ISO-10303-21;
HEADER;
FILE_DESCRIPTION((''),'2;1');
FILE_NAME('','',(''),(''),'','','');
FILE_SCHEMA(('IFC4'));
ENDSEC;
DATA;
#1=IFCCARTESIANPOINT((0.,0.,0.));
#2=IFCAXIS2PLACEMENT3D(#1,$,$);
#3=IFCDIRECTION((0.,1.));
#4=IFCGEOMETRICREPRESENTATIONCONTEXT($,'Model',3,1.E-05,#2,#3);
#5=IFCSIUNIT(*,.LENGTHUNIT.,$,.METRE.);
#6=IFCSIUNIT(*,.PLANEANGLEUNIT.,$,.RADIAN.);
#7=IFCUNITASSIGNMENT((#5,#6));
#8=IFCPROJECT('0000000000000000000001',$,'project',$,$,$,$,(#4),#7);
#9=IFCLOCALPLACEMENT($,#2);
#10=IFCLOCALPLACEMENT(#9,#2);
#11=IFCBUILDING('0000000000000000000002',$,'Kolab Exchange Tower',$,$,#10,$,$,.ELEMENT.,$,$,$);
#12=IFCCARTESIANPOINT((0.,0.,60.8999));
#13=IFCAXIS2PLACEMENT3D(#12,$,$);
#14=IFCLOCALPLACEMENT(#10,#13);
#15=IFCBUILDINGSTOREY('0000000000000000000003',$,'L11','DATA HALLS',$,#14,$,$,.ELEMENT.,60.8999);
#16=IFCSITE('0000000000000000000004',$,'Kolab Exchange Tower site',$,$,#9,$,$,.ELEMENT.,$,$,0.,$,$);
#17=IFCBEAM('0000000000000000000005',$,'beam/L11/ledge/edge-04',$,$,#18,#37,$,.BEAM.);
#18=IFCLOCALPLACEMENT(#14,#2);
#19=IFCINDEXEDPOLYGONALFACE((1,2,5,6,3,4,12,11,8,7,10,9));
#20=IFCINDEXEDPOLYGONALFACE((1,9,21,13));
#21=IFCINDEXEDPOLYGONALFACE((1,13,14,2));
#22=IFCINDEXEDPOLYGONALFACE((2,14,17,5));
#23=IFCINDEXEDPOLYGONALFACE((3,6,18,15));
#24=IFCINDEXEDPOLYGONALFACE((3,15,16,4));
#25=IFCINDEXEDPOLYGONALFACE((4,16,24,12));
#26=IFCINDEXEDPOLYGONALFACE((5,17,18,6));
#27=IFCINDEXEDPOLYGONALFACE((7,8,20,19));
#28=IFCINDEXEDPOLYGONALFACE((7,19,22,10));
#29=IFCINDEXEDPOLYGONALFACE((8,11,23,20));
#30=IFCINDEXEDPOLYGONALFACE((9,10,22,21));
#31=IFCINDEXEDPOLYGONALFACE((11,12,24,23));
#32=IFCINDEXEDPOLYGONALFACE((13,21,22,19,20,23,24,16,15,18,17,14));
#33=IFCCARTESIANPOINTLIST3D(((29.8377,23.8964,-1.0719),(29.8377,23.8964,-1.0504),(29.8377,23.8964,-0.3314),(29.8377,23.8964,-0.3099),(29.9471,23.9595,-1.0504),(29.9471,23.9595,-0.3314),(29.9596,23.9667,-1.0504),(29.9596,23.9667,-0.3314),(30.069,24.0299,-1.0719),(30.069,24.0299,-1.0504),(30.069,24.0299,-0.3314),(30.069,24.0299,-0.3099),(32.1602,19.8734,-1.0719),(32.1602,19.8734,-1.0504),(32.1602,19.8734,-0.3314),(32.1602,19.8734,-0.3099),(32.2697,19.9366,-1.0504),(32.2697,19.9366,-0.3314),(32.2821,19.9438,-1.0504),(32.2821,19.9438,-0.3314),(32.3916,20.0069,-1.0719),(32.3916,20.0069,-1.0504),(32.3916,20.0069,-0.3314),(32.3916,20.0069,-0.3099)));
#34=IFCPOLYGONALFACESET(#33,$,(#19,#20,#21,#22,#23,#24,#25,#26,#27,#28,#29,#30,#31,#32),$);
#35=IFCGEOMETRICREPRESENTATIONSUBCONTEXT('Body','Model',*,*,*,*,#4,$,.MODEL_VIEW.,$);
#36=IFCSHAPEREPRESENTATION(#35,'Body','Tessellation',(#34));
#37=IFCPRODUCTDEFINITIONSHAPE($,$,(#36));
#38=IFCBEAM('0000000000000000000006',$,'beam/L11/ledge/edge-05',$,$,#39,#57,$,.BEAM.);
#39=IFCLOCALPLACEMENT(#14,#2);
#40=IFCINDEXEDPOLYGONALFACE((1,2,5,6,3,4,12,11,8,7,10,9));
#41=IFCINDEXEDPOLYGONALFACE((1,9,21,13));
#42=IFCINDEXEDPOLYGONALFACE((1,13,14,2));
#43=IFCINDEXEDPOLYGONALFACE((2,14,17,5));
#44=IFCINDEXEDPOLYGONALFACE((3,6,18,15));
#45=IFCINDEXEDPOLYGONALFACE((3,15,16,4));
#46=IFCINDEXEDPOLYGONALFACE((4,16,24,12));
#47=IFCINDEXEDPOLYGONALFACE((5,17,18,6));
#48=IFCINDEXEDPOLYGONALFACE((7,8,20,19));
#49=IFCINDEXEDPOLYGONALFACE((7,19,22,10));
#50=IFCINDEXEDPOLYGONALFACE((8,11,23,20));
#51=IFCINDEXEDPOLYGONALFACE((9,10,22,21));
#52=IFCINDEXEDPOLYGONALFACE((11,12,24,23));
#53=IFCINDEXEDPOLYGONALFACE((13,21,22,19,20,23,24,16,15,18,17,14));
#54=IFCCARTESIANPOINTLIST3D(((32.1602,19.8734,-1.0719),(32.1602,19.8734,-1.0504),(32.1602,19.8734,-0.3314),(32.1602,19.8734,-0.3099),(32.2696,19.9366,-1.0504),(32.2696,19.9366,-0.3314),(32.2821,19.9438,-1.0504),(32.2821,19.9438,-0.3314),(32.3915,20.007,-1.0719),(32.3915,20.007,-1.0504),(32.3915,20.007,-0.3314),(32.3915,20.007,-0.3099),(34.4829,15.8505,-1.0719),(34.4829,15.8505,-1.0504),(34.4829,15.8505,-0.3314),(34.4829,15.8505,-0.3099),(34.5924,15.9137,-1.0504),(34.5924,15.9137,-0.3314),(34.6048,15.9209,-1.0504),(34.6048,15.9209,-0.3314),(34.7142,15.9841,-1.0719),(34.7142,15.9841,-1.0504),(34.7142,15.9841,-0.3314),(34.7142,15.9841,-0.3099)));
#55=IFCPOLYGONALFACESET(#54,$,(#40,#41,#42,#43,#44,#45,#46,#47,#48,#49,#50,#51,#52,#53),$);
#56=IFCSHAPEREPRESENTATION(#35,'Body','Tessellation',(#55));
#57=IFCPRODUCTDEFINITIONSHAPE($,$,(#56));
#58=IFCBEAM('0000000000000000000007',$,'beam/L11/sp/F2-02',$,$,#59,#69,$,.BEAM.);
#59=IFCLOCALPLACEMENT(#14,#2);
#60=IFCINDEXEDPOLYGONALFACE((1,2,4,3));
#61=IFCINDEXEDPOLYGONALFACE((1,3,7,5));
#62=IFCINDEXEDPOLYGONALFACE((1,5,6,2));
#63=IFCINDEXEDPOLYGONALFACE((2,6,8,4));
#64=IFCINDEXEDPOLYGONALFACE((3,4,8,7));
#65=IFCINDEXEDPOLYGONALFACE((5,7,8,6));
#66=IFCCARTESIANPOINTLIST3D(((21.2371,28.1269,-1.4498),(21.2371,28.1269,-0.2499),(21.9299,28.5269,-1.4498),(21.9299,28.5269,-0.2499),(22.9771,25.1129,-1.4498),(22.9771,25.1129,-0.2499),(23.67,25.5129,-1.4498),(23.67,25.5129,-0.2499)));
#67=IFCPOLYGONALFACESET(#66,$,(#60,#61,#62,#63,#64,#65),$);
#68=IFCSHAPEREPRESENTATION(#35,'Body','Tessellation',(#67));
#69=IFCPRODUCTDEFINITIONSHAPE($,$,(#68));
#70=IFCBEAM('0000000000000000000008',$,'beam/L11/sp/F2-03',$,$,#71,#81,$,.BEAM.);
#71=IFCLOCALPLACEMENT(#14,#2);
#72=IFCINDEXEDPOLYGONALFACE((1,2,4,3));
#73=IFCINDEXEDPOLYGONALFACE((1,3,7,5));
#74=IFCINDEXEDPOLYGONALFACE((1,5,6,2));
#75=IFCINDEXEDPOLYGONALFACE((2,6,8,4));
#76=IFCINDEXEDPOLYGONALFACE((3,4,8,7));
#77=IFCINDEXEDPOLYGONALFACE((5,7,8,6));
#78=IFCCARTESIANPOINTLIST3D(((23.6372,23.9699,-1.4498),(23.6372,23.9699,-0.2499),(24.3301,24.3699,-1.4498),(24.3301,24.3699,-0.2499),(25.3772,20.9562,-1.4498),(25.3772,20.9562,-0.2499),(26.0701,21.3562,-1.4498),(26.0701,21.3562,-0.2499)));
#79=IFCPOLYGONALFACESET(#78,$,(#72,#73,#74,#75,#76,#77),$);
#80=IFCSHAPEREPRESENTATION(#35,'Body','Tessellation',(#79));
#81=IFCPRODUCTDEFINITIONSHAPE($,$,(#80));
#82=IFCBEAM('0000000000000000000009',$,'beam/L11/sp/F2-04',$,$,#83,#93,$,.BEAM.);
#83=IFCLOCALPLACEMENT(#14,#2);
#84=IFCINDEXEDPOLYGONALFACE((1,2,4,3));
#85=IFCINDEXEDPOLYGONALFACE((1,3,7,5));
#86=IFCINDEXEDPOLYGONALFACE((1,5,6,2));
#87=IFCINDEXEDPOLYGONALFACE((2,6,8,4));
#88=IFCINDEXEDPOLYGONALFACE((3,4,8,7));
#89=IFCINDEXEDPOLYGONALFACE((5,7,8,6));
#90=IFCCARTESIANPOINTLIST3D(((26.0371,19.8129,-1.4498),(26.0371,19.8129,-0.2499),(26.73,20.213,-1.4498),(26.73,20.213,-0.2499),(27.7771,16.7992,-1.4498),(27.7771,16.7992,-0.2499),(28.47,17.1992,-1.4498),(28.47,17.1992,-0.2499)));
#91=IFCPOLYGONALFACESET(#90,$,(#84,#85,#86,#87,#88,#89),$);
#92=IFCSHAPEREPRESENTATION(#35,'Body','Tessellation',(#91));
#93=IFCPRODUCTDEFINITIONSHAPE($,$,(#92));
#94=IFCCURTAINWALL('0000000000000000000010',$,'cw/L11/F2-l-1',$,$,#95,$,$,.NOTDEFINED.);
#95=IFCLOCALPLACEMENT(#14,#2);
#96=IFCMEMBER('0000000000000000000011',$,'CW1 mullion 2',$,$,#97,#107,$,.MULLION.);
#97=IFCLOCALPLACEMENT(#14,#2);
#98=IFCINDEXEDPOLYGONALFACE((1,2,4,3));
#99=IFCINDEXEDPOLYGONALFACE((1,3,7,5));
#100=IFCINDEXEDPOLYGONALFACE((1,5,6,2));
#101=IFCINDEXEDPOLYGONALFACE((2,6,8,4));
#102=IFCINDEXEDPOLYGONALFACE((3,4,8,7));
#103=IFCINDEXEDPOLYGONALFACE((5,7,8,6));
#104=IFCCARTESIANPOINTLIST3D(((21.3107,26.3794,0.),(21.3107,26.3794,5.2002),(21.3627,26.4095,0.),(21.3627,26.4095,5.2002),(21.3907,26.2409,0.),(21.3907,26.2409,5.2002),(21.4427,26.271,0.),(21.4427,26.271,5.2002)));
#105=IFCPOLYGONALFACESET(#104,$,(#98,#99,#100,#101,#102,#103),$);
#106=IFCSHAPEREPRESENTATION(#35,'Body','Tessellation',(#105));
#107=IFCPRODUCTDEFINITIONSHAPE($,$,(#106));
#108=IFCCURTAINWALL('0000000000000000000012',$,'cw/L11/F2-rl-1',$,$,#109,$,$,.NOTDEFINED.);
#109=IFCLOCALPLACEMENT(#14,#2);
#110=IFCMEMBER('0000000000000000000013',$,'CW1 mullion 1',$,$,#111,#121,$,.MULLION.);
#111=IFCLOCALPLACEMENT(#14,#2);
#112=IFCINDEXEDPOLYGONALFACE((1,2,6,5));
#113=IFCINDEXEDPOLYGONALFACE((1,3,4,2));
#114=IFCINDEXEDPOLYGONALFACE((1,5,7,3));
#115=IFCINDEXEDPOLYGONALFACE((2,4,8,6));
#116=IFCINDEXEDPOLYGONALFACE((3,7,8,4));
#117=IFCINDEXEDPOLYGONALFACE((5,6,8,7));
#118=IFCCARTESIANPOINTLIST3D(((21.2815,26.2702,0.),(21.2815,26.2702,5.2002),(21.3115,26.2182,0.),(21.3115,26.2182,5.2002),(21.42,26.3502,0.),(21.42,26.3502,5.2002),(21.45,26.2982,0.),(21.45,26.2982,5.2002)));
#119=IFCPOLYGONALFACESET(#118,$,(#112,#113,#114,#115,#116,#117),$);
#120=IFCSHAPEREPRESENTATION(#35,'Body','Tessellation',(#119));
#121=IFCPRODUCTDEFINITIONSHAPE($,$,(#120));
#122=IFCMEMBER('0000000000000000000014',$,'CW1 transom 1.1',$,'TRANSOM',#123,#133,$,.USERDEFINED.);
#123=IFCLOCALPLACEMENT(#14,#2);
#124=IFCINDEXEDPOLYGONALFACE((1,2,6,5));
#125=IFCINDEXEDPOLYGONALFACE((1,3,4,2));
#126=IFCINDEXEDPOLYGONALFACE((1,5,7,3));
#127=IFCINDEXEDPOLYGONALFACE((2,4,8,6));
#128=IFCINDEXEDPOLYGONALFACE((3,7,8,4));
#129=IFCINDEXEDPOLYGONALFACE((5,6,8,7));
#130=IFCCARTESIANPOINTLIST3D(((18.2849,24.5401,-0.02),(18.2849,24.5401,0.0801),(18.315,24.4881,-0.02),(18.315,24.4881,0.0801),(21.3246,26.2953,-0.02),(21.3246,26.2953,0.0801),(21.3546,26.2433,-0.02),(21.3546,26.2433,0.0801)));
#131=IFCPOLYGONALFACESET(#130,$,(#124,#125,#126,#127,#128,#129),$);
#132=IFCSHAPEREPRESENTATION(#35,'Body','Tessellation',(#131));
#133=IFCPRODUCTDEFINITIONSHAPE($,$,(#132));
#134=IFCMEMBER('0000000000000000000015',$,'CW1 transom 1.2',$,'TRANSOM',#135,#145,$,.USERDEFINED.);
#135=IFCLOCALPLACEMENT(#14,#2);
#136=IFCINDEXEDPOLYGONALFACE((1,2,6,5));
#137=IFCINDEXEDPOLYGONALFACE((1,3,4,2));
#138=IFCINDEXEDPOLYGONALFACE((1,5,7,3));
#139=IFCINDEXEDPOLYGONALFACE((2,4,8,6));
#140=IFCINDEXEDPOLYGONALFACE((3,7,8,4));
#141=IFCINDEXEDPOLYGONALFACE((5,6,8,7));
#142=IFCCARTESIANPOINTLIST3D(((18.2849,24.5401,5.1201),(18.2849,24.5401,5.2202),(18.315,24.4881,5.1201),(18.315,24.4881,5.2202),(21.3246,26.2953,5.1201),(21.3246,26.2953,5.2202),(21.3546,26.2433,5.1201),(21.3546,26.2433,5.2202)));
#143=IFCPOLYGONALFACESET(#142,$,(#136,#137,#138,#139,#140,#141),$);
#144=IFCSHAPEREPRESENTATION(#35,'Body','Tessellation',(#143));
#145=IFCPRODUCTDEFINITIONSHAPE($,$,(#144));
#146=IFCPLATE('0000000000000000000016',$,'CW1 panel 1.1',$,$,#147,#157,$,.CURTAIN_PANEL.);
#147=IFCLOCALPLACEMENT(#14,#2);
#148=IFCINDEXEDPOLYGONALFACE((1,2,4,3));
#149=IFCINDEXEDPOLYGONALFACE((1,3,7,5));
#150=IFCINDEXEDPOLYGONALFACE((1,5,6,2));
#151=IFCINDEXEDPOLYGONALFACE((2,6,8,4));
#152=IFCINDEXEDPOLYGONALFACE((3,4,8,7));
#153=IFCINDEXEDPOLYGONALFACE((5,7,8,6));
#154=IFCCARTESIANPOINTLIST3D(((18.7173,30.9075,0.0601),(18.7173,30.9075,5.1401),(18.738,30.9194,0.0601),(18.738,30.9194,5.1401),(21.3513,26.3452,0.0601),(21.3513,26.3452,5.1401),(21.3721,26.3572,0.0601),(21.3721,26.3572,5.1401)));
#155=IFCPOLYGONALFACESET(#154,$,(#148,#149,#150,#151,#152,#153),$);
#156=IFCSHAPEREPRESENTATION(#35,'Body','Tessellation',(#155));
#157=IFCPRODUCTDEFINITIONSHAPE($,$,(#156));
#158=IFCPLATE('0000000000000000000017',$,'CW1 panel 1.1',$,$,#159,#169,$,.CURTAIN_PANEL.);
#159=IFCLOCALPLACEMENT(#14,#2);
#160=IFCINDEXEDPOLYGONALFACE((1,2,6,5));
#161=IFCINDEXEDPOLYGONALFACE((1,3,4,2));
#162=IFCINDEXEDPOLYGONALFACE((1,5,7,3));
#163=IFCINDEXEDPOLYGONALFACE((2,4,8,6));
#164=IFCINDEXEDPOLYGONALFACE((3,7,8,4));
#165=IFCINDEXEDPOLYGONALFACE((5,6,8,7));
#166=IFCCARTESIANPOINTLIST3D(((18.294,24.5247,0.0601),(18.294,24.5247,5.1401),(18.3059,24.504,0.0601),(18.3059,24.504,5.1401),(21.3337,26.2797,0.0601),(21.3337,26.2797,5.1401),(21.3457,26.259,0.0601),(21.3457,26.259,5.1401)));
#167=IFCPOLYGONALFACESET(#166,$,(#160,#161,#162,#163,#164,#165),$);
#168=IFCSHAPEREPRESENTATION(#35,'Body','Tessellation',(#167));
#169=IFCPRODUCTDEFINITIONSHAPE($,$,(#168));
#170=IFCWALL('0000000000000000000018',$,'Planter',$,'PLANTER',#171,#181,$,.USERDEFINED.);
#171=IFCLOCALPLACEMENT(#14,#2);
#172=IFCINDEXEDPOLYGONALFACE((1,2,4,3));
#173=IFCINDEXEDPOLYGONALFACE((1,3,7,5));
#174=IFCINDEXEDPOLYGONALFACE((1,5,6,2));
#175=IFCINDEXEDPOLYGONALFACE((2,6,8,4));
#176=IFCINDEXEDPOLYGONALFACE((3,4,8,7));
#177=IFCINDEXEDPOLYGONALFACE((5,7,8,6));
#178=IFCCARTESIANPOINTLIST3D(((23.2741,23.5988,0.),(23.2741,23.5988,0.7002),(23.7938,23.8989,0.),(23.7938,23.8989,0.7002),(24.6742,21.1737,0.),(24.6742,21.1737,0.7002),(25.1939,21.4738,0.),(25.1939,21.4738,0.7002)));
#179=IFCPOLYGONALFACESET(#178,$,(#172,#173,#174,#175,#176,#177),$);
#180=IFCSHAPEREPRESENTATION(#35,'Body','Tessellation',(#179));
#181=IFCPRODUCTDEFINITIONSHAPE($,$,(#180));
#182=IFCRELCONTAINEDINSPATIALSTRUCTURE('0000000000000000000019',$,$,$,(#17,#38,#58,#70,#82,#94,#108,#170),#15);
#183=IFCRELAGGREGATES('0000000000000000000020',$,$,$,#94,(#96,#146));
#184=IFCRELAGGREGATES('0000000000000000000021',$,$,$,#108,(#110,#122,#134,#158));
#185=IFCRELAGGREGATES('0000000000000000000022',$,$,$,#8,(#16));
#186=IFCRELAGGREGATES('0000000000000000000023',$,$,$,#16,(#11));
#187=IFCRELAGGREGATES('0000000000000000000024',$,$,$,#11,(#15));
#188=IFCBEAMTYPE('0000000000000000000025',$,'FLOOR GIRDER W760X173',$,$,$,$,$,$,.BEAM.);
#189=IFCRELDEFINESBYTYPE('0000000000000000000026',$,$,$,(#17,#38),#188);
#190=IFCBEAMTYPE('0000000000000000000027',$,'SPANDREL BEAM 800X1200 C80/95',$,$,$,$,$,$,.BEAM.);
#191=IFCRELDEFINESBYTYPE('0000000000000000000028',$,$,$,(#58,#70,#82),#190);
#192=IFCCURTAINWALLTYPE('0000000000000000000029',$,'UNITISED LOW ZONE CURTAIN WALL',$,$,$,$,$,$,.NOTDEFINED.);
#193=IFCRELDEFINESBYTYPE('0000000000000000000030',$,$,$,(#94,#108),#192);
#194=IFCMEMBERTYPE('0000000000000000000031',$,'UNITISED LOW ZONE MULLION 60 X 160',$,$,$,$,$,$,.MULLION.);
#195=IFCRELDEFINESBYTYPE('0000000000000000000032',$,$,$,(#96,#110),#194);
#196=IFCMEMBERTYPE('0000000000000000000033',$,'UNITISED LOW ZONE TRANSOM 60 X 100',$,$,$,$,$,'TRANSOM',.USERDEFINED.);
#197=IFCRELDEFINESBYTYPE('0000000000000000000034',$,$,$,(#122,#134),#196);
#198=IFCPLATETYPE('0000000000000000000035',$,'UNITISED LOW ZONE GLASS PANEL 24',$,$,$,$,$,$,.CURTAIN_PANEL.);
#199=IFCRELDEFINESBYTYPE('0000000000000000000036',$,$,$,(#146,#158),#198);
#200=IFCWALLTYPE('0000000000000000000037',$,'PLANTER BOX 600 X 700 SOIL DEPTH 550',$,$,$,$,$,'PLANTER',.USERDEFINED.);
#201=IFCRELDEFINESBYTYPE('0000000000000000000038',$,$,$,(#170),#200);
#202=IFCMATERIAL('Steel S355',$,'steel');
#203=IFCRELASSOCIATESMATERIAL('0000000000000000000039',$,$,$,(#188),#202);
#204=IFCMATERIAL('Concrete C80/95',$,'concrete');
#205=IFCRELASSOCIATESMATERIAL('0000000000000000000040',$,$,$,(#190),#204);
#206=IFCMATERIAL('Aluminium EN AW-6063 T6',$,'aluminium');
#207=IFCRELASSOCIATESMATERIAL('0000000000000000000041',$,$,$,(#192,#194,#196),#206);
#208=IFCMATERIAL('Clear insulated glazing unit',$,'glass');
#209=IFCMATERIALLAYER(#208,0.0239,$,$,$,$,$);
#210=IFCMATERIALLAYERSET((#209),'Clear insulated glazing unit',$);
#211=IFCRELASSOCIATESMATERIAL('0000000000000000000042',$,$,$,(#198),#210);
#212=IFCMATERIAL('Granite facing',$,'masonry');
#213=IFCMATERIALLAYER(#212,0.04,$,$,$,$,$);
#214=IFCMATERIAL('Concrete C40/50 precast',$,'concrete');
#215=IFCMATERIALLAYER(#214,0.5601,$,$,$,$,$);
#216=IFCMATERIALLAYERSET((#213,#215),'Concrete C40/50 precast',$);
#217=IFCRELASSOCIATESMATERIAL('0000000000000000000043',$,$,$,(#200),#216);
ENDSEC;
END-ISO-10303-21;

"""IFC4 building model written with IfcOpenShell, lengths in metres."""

from ifc_helpers import new_model, si_unit, direction, frame, frame_2d, origin, origin_2d, place, context, subcontext, project, spatial, rectangle, i_section, extrude, material, layer, layer_set, material_profile, profile_set, type_object, element, aggregate, save


model = new_model("IFC4")

# Units and contexts
model_context = context("Model", 3, precision=1e-05, world=origin(), true_north=direction((0.0, 1.0)))
body_context = subcontext(model_context, "Body", "Model", "MODEL_VIEW")
ifc_project = project(units=[si_unit("LENGTHUNIT", "METRE"), si_unit("PLANEANGLEUNIT", "RADIAN")], contexts=[model_context])

# Site, building, storey
site_placement = place(None, origin())
site = spatial("IfcSite", under=ifc_project, at=site_placement, Name="Kolab Exchange Tower site", CompositionType="ELEMENT", RefElevation=0.0)
building_placement = place(site_placement, origin())
building = spatial("IfcBuilding", under=site, at=building_placement, Name="Kolab Exchange Tower", CompositionType="ELEMENT")
storey_placement = place(building_placement, frame((0.0, 0.0, 60.8999)))
storey = spatial("IfcBuildingStorey", under=building, at=storey_placement, Name="L11", Description="DATA HALLS", CompositionType="ELEMENT", Elevation=60.8999)

# Shared definitions
ifc_material_1 = material(Name="Concrete C80/95", Category="concrete")

# Beams
ifc_material_2 = material(Name="Steel S355", Category="steel")
ifc_material_profile_1 = material_profile(ifc_material_2, i_section(OverallWidth=0.2671, OverallDepth=0.762, WebThickness=0.0144, FlangeThickness=0.0215, at=origin_2d()), Name="W760X173")
ifc_profile_set_1 = profile_set([ifc_material_profile_1], Name="Steel S355")
beam_type_1 = type_object("IfcBeamType", Name="FLOOR GIRDER W760X173", PredefinedType="BEAM", material=ifc_profile_set_1)
for number, where, z_axis, x_axis, name in (
    (1, (29.9534, 23.9631, -0.6909), (0.499977, -0.866039, 0.0), (0.866039, 0.499977, 0.0), "beam/L11/ledge/edge-04"),
    (2, (32.2759, 19.9402, -0.6909), (0.500017, -0.866016, 0.0), (0.866016, 0.500017, 0.0), "beam/L11/ledge/edge-05"),
):
    element("IfcBeam", number, at=place(storey_placement, frame(where, z_axis=z_axis, x_axis=x_axis)), inside=storey, type_object=beam_type_1, Name=name, PredefinedType="BEAM", context=body_context, shape_type="SweptSolid", body=[
        extrude(i_section(OverallWidth=0.2671, OverallDepth=0.762, WebThickness=0.0144, FlangeThickness=0.0215, at=origin_2d()), origin(), (0.0, 0.0, 1.0), 4.6453),
    ])
ifc_material_profile_2 = material_profile(ifc_material_1, rectangle(XDim=0.8, YDim=1.2, at=origin_2d()), Name="RC800X1200")
ifc_profile_set_2 = profile_set([ifc_material_profile_2], Name="Concrete C80/95")
beam_type_2 = type_object("IfcBeamType", Name="SPANDREL BEAM 800X1200 C80/95", PredefinedType="BEAM", material=ifc_profile_set_2)
beam_1_placement = place(storey_placement, frame((21.5835, 28.3269, -0.8499), z_axis=(0.49998, -0.866037, 0.0), x_axis=(0.866037, 0.49998, 0.0)))
element("IfcBeam", 3, at=beam_1_placement, inside=storey, type_object=beam_type_2, Name="beam/L11/sp/F2-02", PredefinedType="BEAM", context=body_context, shape_type="SweptSolid", body=[
    extrude(rectangle(XDim=0.8, YDim=1.2, at=origin_2d()), origin(), (0.0, 0.0, 1.0), 3.4802),
])
for number, where, z_axis, x_axis, name in (
    (4, (23.9836, 24.1699, -0.8499), (0.50001, -0.86602, 0.0), (0.86602, 0.50001, 0.0), "beam/L11/sp/F2-03"),
    (5, (26.3835, 20.0129, -0.8499), (0.50001, -0.86602, 0.0), (0.86602, 0.50001, 0.0), "beam/L11/sp/F2-04"),
):
    element("IfcBeam", number, at=place(storey_placement, frame(where, z_axis=z_axis, x_axis=x_axis)), inside=storey, type_object=beam_type_2, Name=name, PredefinedType="BEAM", context=body_context, shape_type="SweptSolid", body=[
        extrude(rectangle(XDim=0.8, YDim=1.2, at=origin_2d()), origin(), (0.0, 0.0, 1.0), 3.48),
    ])

# Curtain wall, member
ifc_material_3 = material(Name="Aluminium EN AW-6063 T6", Category="aluminium")
curtain_wall_type = type_object("IfcCurtainWallType", Name="UNITISED LOW ZONE CURTAIN WALL", PredefinedType="NOTDEFINED", material=ifc_material_3)
curtain_wall_1_placement = place(storey_placement, origin())
curtain_wall_1 = element("IfcCurtainWall", 6, at=curtain_wall_1_placement, inside=storey, type_object=curtain_wall_type, Name="cw/L11/F2-l-1", PredefinedType="NOTDEFINED")
ifc_material_profile_3 = material_profile(ifc_material_3, rectangle(XDim=0.0601, YDim=0.1599, at=origin_2d()), Name="RECT 60X160")
ifc_profile_set_3 = profile_set([ifc_material_profile_3], Name="Aluminium EN AW-6063 T6")
member_type_1 = type_object("IfcMemberType", Name="UNITISED LOW ZONE MULLION 60 X 160", PredefinedType="MULLION", material=ifc_profile_set_3)
member_1_placement = place(storey_placement, frame((21.3767, 26.3252, 0.0), z_axis=(0.0, 0.0, 1.0), x_axis=(0.866025, 0.5, 0.0)))
member_1 = element("IfcMember", 7, at=member_1_placement, type_object=member_type_1, Name="CW1 mullion 2", PredefinedType="MULLION", context=body_context, shape_type="SweptSolid", body=[
    extrude(rectangle(XDim=0.0601, YDim=0.1599, at=origin_2d()), origin(), (0.0, 0.0, 1.0), 5.2002),
])

# Curtain wall, members
curtain_wall_2_placement = place(storey_placement, origin())
curtain_wall_2 = element("IfcCurtainWall", 8, at=curtain_wall_2_placement, inside=storey, type_object=curtain_wall_type, Name="cw/L11/F2-rl-1", PredefinedType="NOTDEFINED")
member_2_placement = place(storey_placement, frame((21.3657, 26.2842, 0.0), z_axis=(0.0, 0.0, 1.0), x_axis=(0.5, -0.866025, 0.0)))
member_2 = element("IfcMember", 9, at=member_2_placement, type_object=member_type_1, Name="CW1 mullion 1", PredefinedType="MULLION", context=body_context, shape_type="SweptSolid", body=[
    extrude(rectangle(XDim=0.0601, YDim=0.1599, at=origin_2d()), origin(), (0.0, 0.0, 1.0), 5.2002),
])
ifc_material_profile_4 = material_profile(ifc_material_3, rectangle(XDim=0.0601, YDim=0.1001, at=origin_2d()), Name="RECT 60X100")
ifc_profile_set_4 = profile_set([ifc_material_profile_4], Name="Aluminium EN AW-6063 T6")
member_type_2 = type_object("IfcMemberType", Name="UNITISED LOW ZONE TRANSOM 60 X 100", ElementType="TRANSOM", PredefinedType="USERDEFINED", material=ifc_profile_set_4)
member_3_placement = place(storey_placement, frame((21.3396, 26.2693, 0.03), z_axis=(-0.865996, -0.500052, 0.0), x_axis=(0.500052, -0.865996, 0.0)))
member_3 = element("IfcMember", 10, at=member_3_placement, type_object=member_type_2, Name="CW1 transom 1.1", ObjectType="TRANSOM", PredefinedType="USERDEFINED", context=body_context, shape_type="SweptSolid", body=[
    extrude(rectangle(XDim=0.0601, YDim=0.1001, at=origin_2d()), origin(), (0.0, 0.0, 1.0), 3.51),
])
member_4_placement = place(storey_placement, frame((21.3396, 26.2693, 5.1702), z_axis=(-0.865996, -0.500052, 0.0), x_axis=(0.500052, -0.865996, 0.0)))
member_4 = element("IfcMember", 11, at=member_4_placement, type_object=member_type_2, Name="CW1 transom 1.2", ObjectType="TRANSOM", PredefinedType="USERDEFINED", context=body_context, shape_type="SweptSolid", body=[
    extrude(rectangle(XDim=0.0601, YDim=0.1001, at=origin_2d()), origin(), (0.0, 0.0, 1.0), 3.51),
])

# Plates
ifc_material_4 = material(Name="Clear insulated glazing unit", Category="glass")
ifc_layer_1 = layer(ifc_material_4, 0.0239)
ifc_layer_set_1 = layer_set([ifc_layer_1], Name="Clear insulated glazing unit")
plate_type = type_object("IfcPlateType", Name="UNITISED LOW ZONE GLASS PANEL 24", PredefinedType="CURTAIN_PANEL", material=ifc_layer_set_1)
plate_1_placement = place(storey_placement, frame((20.0447, 28.6323, 0.0601), z_axis=(0.0, 0.0, 1.0), x_axis=(0.5, -0.866025, 0.0)))
plate_1 = element("IfcPlate", 12, at=plate_1_placement, type_object=plate_type, Name="CW1 panel 1.1", PredefinedType="CURTAIN_PANEL", context=body_context, shape_type="SweptSolid", body=[
    extrude(rectangle(XDim=5.2681, YDim=0.0239, at=origin_2d()), origin(), (0.0, 0.0, 1.0), 5.0801),
])
aggregate(curtain_wall_1, [member_1, plate_1])
plate_2_placement = place(storey_placement, frame((19.8198, 25.3918, 0.0601), z_axis=(0.0, 0.0, 1.0), x_axis=(-0.866025, -0.5, 0.0)))
plate_2 = element("IfcPlate", 13, at=plate_2_placement, type_object=plate_type, Name="CW1 panel 1.1", PredefinedType="CURTAIN_PANEL", context=body_context, shape_type="SweptSolid", body=[
    extrude(rectangle(XDim=3.51, YDim=0.0239, at=origin_2d()), origin(), (0.0, 0.0, 1.0), 5.0801),
])
aggregate(curtain_wall_2, [member_2, member_3, member_4, plate_2])

# Wall
ifc_material_5 = material(Name="Granite facing", Category="masonry")
ifc_layer_2 = layer(ifc_material_5, 0.04)
ifc_material_6 = material(Name="Concrete C40/50 precast", Category="concrete")
ifc_layer_3 = layer(ifc_material_6, 0.5601)
ifc_layer_set_2 = layer_set([ifc_layer_2, ifc_layer_3], Name="Concrete C40/50 precast")
wall_type = type_object("IfcWallType", Name="PLANTER BOX 600 X 700 SOIL DEPTH 550", ElementType="PLANTER", PredefinedType="USERDEFINED", material=ifc_layer_set_2)
wall_placement = place(storey_placement, frame((24.9341, 21.3237, 0.0), z_axis=(0.0, 0.0, 1.0), x_axis=(-0.500012, 0.866019, 0.0)))
element("IfcWall", 14, at=wall_placement, inside=storey, type_object=wall_type, Name="Planter", ObjectType="PLANTER", PredefinedType="USERDEFINED", context=body_context, shape_type="SweptSolid", body=[
    extrude(rectangle(XDim=2.8003, YDim=0.6001, at=frame_2d((1.4001, 0.0))), origin(), (0.0, 0.0, 1.0), 0.7002),
])

save(model, "model.ifc")
